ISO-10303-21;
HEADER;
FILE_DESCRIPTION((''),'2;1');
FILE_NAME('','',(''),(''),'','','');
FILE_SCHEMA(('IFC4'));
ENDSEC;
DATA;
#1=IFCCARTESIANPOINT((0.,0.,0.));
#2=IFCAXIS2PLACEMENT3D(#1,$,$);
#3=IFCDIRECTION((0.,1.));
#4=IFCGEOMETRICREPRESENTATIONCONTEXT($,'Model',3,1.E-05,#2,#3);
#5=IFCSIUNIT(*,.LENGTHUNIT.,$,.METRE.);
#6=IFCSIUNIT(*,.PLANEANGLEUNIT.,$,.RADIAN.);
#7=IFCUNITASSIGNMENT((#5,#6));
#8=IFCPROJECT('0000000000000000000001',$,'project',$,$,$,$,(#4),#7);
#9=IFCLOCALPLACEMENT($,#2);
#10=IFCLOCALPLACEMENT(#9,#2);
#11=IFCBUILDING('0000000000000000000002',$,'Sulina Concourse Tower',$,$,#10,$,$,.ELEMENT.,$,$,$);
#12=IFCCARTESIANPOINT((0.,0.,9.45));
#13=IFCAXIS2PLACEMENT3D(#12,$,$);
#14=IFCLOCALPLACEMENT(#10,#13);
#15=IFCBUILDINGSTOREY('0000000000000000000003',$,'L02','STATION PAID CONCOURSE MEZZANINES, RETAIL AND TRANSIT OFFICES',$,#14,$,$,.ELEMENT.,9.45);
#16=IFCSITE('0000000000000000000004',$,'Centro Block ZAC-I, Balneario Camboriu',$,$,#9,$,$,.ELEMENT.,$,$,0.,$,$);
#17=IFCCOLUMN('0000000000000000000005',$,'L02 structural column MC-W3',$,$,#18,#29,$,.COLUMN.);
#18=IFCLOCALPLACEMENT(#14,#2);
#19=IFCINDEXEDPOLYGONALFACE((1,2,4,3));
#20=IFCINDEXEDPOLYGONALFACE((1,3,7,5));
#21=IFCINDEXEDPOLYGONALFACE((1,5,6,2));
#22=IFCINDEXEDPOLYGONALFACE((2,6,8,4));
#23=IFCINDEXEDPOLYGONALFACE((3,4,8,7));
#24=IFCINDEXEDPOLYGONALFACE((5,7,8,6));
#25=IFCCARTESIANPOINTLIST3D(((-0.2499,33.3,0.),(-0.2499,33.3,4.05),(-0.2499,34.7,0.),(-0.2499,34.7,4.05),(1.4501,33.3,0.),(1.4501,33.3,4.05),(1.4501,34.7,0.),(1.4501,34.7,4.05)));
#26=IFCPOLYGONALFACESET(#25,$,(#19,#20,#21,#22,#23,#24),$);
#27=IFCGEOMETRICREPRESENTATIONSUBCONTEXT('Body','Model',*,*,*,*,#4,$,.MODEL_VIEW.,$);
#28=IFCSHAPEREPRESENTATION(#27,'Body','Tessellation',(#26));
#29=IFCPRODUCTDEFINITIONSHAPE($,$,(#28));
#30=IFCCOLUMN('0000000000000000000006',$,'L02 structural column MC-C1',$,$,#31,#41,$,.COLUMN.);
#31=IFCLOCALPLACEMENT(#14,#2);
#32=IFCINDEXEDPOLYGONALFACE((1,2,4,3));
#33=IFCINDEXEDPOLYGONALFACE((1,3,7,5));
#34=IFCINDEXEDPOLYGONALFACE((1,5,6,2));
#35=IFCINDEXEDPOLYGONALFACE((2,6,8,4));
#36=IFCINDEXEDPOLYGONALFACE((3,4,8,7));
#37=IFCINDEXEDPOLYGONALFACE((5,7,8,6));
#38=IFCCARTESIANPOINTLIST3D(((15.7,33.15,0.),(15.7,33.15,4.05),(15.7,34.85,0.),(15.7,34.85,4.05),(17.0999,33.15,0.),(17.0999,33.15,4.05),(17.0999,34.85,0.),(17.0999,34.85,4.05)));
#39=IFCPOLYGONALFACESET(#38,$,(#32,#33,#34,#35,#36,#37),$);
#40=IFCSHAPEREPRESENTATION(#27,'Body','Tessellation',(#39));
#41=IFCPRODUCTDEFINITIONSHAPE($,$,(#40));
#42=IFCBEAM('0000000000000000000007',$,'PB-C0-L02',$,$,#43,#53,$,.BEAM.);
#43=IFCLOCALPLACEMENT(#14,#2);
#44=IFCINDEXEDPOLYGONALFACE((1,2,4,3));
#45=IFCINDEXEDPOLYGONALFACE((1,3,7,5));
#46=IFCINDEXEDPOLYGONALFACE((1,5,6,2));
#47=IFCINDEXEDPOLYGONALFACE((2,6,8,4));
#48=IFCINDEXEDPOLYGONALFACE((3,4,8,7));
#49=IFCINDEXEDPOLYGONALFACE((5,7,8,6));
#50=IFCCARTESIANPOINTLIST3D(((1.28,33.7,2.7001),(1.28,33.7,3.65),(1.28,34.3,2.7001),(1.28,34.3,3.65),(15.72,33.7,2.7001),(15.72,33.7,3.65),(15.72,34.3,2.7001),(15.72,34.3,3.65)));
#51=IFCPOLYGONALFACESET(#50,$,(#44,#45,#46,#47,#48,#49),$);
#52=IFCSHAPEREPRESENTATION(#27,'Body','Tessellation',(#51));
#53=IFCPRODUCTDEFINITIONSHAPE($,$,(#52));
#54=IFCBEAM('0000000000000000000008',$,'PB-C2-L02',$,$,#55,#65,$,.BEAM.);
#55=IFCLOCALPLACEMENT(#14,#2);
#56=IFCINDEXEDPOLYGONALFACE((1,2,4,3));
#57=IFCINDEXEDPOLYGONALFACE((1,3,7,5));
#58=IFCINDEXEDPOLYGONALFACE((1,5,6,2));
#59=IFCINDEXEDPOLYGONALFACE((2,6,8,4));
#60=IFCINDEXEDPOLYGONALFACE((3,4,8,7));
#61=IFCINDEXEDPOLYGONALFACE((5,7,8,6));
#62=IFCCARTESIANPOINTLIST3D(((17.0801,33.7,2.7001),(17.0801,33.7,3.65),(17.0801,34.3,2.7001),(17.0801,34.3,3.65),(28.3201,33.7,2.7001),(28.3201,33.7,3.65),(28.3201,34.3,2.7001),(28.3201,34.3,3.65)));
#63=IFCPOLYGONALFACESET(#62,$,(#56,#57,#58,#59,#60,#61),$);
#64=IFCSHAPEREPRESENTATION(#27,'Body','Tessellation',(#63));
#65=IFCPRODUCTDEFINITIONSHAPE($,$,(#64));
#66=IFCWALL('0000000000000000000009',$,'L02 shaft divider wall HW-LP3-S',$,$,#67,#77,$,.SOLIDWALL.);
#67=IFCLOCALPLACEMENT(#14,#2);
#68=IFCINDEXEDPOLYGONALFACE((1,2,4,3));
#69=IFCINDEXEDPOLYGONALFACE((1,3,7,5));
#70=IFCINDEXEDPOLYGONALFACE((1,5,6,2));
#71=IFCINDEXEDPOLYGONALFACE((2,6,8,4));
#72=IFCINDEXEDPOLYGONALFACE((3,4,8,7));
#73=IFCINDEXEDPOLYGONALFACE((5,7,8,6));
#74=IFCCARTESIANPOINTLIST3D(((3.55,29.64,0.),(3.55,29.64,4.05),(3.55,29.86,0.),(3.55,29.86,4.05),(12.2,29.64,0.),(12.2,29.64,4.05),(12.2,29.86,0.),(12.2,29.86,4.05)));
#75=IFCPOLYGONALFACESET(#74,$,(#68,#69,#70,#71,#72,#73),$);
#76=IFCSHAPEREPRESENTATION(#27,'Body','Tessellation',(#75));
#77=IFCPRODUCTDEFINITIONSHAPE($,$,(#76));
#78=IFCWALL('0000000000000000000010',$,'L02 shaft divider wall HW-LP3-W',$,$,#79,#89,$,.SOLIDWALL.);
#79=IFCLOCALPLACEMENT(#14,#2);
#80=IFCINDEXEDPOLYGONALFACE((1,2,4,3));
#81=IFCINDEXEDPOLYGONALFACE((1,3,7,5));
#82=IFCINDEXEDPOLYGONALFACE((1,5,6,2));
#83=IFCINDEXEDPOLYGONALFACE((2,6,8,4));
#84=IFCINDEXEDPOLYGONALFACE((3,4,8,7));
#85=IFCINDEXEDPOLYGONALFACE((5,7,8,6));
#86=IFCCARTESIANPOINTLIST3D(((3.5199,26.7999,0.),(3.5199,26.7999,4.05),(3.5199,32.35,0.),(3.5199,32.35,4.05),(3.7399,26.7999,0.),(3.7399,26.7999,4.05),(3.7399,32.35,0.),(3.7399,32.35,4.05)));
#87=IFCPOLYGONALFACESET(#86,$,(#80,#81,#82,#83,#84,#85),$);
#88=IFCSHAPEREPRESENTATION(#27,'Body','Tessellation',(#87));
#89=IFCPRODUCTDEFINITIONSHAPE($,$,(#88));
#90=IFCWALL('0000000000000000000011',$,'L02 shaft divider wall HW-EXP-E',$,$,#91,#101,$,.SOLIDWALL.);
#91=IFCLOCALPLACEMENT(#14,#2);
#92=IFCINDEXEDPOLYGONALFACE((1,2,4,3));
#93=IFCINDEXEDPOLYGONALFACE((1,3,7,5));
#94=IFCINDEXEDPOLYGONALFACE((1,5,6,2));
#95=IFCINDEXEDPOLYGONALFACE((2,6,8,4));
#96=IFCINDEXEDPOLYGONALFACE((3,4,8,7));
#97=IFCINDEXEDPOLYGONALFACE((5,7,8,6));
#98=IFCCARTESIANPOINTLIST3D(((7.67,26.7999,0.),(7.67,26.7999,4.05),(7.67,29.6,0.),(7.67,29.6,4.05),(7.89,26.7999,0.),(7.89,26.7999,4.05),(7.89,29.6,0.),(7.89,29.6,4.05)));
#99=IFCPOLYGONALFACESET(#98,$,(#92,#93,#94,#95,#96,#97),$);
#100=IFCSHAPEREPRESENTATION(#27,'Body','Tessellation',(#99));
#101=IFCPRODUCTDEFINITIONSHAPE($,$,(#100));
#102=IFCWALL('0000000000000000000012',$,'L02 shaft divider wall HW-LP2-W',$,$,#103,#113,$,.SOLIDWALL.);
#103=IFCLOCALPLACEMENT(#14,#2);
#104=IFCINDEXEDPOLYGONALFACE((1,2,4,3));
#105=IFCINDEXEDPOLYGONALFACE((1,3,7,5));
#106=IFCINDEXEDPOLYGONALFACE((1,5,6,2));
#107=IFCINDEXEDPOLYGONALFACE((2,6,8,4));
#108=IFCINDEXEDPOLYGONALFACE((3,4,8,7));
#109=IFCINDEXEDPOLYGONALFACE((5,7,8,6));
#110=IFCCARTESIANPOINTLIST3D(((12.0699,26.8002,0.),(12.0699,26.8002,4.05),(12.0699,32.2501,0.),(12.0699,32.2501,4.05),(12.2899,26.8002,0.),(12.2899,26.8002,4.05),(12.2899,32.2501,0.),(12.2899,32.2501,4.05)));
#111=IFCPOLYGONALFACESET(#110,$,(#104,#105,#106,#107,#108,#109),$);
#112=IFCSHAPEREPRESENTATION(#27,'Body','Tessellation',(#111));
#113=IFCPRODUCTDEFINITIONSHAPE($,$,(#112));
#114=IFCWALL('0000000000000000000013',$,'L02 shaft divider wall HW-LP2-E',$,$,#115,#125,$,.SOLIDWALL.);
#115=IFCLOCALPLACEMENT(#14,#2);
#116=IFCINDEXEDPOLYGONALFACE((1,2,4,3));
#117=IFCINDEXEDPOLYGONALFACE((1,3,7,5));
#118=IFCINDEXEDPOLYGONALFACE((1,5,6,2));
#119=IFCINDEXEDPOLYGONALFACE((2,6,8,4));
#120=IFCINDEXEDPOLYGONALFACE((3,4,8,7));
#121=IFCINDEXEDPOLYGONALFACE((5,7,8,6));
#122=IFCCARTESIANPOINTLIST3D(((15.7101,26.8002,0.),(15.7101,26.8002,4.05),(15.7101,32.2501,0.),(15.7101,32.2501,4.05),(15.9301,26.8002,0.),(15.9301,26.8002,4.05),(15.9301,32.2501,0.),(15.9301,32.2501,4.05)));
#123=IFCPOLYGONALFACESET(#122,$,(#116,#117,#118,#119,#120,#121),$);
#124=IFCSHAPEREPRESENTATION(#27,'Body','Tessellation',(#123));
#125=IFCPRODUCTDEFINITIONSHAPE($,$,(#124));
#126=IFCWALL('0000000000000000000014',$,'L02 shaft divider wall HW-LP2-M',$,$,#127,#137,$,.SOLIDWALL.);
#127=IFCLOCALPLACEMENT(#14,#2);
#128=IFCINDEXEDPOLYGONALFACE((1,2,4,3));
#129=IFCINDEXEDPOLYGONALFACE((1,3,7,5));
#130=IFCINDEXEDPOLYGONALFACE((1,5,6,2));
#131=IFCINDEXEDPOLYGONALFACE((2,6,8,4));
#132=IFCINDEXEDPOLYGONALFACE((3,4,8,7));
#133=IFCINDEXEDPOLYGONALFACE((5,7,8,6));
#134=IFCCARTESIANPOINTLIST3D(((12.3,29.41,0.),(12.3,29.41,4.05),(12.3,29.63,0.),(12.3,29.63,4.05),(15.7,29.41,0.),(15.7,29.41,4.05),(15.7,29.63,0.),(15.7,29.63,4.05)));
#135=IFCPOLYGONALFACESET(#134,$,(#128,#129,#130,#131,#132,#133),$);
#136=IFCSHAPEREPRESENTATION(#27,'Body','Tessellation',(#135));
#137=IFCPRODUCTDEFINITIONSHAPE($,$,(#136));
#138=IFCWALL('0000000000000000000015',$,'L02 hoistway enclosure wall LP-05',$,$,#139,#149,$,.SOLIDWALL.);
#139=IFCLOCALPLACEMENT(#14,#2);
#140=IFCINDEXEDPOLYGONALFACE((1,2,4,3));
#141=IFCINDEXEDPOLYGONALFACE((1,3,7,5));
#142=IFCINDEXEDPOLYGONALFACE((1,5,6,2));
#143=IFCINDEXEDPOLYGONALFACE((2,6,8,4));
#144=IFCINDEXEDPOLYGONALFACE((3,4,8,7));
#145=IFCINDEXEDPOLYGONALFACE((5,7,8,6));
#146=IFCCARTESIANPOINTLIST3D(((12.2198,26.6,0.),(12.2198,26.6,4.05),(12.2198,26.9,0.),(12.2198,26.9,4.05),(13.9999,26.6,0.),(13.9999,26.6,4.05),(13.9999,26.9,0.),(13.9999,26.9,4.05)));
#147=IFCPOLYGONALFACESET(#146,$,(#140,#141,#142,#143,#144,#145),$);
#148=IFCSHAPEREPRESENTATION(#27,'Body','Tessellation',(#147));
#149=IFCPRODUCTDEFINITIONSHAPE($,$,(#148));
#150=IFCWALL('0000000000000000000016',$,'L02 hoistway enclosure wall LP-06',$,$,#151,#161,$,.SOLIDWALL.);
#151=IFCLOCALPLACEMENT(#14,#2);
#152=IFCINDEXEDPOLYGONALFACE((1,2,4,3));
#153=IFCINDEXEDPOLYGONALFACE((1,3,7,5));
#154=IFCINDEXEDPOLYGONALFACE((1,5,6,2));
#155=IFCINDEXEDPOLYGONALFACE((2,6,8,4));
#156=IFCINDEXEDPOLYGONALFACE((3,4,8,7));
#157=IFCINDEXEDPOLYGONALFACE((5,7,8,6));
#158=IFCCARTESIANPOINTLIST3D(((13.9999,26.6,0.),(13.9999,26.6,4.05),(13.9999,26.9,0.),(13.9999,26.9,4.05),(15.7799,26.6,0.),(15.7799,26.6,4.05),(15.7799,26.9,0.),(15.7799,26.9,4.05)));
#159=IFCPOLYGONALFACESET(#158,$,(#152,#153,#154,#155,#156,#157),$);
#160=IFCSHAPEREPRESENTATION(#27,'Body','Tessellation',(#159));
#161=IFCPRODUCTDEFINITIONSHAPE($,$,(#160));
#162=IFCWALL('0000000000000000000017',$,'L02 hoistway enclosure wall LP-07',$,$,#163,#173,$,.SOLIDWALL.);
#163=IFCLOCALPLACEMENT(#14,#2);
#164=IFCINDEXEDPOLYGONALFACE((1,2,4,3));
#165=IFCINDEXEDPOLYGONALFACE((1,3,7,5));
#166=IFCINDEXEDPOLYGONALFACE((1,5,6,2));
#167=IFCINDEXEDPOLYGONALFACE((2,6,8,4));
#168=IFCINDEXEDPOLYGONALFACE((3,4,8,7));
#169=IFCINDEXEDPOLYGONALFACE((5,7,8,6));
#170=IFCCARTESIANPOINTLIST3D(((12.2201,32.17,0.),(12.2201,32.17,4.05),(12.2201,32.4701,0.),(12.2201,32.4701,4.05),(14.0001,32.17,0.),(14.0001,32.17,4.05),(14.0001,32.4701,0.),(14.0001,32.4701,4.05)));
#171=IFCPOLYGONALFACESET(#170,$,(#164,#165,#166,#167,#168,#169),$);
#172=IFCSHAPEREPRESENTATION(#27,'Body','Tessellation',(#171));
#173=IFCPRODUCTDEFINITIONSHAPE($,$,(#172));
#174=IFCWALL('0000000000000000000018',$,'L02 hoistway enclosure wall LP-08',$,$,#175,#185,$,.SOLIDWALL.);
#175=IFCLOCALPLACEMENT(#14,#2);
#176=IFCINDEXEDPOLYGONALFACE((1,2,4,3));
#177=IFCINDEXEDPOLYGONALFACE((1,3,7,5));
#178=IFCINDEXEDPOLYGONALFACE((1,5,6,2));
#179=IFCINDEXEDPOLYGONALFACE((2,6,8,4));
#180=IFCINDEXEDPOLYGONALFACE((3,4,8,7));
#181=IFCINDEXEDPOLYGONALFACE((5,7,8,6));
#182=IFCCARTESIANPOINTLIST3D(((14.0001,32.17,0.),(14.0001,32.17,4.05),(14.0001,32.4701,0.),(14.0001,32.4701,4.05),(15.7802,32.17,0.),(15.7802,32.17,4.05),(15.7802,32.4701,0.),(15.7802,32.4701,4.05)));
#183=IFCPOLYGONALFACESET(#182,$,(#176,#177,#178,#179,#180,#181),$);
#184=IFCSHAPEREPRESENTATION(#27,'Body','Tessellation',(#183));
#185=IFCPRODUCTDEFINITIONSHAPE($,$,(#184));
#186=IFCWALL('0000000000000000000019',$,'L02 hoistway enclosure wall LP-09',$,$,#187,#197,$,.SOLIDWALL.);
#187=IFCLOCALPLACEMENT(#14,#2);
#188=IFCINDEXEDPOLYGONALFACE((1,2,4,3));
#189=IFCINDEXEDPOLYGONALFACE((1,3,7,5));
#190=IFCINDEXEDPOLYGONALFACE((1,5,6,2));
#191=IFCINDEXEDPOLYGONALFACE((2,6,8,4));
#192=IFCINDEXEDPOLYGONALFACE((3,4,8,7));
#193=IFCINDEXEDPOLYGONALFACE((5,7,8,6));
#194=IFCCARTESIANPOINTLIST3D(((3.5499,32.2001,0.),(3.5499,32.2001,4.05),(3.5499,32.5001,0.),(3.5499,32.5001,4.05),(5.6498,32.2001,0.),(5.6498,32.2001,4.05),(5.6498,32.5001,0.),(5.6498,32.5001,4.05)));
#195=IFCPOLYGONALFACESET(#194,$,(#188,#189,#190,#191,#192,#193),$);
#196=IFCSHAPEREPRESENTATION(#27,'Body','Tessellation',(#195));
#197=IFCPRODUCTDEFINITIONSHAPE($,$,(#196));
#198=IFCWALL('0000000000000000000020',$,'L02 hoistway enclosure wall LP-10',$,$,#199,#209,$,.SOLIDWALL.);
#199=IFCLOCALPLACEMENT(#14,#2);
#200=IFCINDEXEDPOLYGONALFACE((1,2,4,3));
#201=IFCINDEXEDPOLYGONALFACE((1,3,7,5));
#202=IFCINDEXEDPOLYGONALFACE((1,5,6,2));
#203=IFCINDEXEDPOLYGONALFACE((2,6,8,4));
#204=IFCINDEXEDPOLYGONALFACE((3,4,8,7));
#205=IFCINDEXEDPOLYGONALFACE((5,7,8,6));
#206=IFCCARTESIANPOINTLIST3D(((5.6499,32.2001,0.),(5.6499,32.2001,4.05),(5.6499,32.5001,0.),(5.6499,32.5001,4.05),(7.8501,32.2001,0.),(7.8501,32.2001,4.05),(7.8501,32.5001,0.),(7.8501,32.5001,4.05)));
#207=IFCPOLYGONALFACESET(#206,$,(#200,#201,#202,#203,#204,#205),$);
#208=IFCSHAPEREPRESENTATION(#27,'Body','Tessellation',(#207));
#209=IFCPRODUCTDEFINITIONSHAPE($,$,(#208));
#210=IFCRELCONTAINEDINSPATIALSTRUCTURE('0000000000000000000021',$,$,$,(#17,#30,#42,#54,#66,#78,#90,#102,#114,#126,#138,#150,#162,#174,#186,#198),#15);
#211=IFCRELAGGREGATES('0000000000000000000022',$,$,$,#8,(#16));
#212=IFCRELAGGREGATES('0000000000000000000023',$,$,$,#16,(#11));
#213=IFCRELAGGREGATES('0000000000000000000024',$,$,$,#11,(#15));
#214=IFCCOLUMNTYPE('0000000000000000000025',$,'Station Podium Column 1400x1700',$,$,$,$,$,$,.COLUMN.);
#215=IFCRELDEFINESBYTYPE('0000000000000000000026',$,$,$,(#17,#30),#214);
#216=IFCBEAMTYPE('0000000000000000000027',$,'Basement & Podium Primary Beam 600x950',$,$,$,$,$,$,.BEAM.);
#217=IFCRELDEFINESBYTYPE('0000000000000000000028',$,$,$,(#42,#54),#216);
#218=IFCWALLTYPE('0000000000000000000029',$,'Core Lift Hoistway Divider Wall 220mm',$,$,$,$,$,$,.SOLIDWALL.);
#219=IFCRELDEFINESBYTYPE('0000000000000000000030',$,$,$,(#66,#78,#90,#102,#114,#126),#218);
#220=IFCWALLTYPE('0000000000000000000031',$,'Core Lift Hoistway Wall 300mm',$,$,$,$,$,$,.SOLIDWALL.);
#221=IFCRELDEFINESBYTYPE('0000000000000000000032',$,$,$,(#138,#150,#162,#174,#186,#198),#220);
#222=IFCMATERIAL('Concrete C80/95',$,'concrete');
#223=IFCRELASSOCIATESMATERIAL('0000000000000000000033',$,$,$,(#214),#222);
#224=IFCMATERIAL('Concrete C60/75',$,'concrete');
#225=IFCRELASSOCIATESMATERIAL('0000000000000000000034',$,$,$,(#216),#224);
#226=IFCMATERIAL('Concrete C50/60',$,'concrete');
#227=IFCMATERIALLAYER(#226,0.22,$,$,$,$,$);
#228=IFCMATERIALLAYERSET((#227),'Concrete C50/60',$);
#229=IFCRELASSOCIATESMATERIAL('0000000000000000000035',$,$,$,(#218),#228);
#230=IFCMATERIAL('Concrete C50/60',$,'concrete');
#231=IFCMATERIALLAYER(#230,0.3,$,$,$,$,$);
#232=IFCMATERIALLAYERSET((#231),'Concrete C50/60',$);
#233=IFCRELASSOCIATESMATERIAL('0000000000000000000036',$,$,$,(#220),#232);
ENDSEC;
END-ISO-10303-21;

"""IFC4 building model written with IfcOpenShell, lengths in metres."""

from ifc_helpers import new_model, si_unit, direction, frame, frame_2d, origin, origin_2d, place, context, subcontext, project, spatial, rectangle, extrude, material, layer, layer_set, material_profile, profile_set, type_object, element, save


model = new_model("IFC4")

# Units and contexts
model_context = context("Model", 3, precision=1e-05, world=origin(), true_north=direction((0.0, 1.0)))
body_context = subcontext(model_context, "Body", "Model", "MODEL_VIEW")
ifc_project = project(units=[si_unit("LENGTHUNIT", "METRE"), si_unit("PLANEANGLEUNIT", "RADIAN")], contexts=[model_context])

# Site, building, storey
site_placement = place(None, origin())
site = spatial("IfcSite", under=ifc_project, at=site_placement, Name="Centro Block ZAC-I, Balneario Camboriu", CompositionType="ELEMENT", RefElevation=0.0)
building_placement = place(site_placement, origin())
building = spatial("IfcBuilding", under=site, at=building_placement, Name="Sulina Concourse Tower", CompositionType="ELEMENT")
storey_placement = place(building_placement, frame((0.0, 0.0, 9.45)))
storey = spatial("IfcBuildingStorey", under=building, at=storey_placement, Name="L02", Description="STATION PAID CONCOURSE MEZZANINES, RETAIL AND TRANSIT OFFICES", CompositionType="ELEMENT", Elevation=9.45)

# Columns
ifc_material_1 = material(Name="Concrete C80/95", Category="concrete")
ifc_material_profile_1 = material_profile(ifc_material_1, rectangle(XDim=1.3999, YDim=1.7, at=origin_2d()), Name="RC 1400x1700")
ifc_profile_set_1 = profile_set([ifc_material_profile_1], Name="Concrete C80/95")
column_type = type_object("IfcColumnType", Name="Station Podium Column 1400x1700", PredefinedType="COLUMN", material=ifc_profile_set_1)
for number, where, z_axis, x_axis, name in (
    (1, (0.6001, 34.0, 0.0), (0.0, 0.0, 1.0), (0.0, 1.0, 0.0), "L02 structural column MC-W3"),
    (2, (16.3999, 34.0, 0.0), (0.0, 0.0, 1.0), (1.0, 0.0, 0.0), "L02 structural column MC-C1"),
):
    element("IfcColumn", number, at=place(storey_placement, frame(where, z_axis=z_axis, x_axis=x_axis)), inside=storey, type_object=column_type, Name=name, PredefinedType="COLUMN", context=body_context, shape_type="SweptSolid", body=[
        extrude(rectangle(XDim=1.3999, YDim=1.7, at=origin_2d()), origin(), (0.0, 0.0, 1.0), 4.05),
    ])

# Beams
ifc_material_2 = material(Name="Concrete C60/75", Category="concrete")
ifc_material_profile_2 = material_profile(ifc_material_2, rectangle(XDim=0.6001, YDim=0.95, at=origin_2d()), Name="RC 600x950")
ifc_profile_set_2 = profile_set([ifc_material_profile_2], Name="Concrete C60/75")
beam_type = type_object("IfcBeamType", Name="Basement & Podium Primary Beam 600x950", PredefinedType="BEAM", material=ifc_profile_set_2)
beam_1_placement = place(storey_placement, frame((1.28, 34.0, 3.175), z_axis=(1.0, 0.0, 0.0), x_axis=(0.0, 1.0, 0.0)))
element("IfcBeam", 3, at=beam_1_placement, inside=storey, type_object=beam_type, Name="PB-C0-L02", PredefinedType="BEAM", context=body_context, shape_type="SweptSolid", body=[
    extrude(rectangle(XDim=0.6001, YDim=0.95, at=origin_2d()), origin(), (0.0, 0.0, 1.0), 14.4399),
])
beam_2_placement = place(storey_placement, frame((17.0801, 34.0, 3.175), z_axis=(1.0, 0.0, 0.0), x_axis=(0.0, 1.0, 0.0)))
element("IfcBeam", 4, at=beam_2_placement, inside=storey, type_object=beam_type, Name="PB-C2-L02", PredefinedType="BEAM", context=body_context, shape_type="SweptSolid", body=[
    extrude(rectangle(XDim=0.6001, YDim=0.95, at=origin_2d()), origin(), (0.0, 0.0, 1.0), 11.24),
])

# Walls
ifc_material_3 = material(Name="Concrete C50/60", Category="concrete")
ifc_layer_1 = layer(ifc_material_3, 0.22)
ifc_layer_set_1 = layer_set([ifc_layer_1], Name="Concrete C50/60")
wall_type_1 = type_object("IfcWallType", Name="Core Lift Hoistway Divider Wall 220mm", PredefinedType="SOLIDWALL", material=ifc_layer_set_1)
wall_1_placement = place(storey_placement, frame((3.55, 29.75, 0.0), z_axis=(0.0, 0.0, 1.0), x_axis=(1.0, 0.0, 0.0)))
element("IfcWall", 5, at=wall_1_placement, inside=storey, type_object=wall_type_1, Name="L02 shaft divider wall HW-LP3-S", PredefinedType="SOLIDWALL", context=body_context, shape_type="SweptSolid", body=[
    extrude(rectangle(XDim=8.6499, YDim=0.22, at=frame_2d((4.325, 0.0))), origin(), (0.0, 0.0, 1.0), 4.05),
])
wall_2_placement = place(storey_placement, frame((3.6299, 26.8, 0.0), z_axis=(0.0, 0.0, 1.0), x_axis=(0.0, 1.0, 0.0)))
element("IfcWall", 6, at=wall_2_placement, inside=storey, type_object=wall_type_1, Name="L02 shaft divider wall HW-LP3-W", PredefinedType="SOLIDWALL", context=body_context, shape_type="SweptSolid", body=[
    extrude(rectangle(XDim=5.55, YDim=0.22, at=frame_2d((2.7749, 0.0))), origin(), (0.0, 0.0, 1.0), 4.05),
])
wall_3_placement = place(storey_placement, frame((7.78, 26.8, 0.0), z_axis=(0.0, 0.0, 1.0), x_axis=(0.0, 1.0, 0.0)))
element("IfcWall", 7, at=wall_3_placement, inside=storey, type_object=wall_type_1, Name="L02 shaft divider wall HW-EXP-E", PredefinedType="SOLIDWALL", context=body_context, shape_type="SweptSolid", body=[
    extrude(rectangle(XDim=2.8, YDim=0.22, at=frame_2d((1.3999, 0.0))), origin(), (0.0, 0.0, 1.0), 4.05),
])
for number, where, z_axis, x_axis, name in (
    (8, (12.1799, 26.8, 0.0), (0.0, 0.0, 1.0), (0.0, 1.0, 0.0), "L02 shaft divider wall HW-LP2-W"),
    (9, (15.8201, 26.8, 0.0), (0.0, 0.0, 1.0), (0.0, 1.0, 0.0), "L02 shaft divider wall HW-LP2-E"),
):
    element("IfcWall", number, at=place(storey_placement, frame(where, z_axis=z_axis, x_axis=x_axis)), inside=storey, type_object=wall_type_1, Name=name, PredefinedType="SOLIDWALL", context=body_context, shape_type="SweptSolid", body=[
        extrude(rectangle(XDim=5.45, YDim=0.22, at=frame_2d((2.7251, 0.0))), origin(), (0.0, 0.0, 1.0), 4.05),
    ])
wall_4_placement = place(storey_placement, frame((12.3, 29.52, 0.0), z_axis=(0.0, 0.0, 1.0), x_axis=(1.0, 0.0, 0.0)))
element("IfcWall", 10, at=wall_4_placement, inside=storey, type_object=wall_type_1, Name="L02 shaft divider wall HW-LP2-M", PredefinedType="SOLIDWALL", context=body_context, shape_type="SweptSolid", body=[
    extrude(rectangle(XDim=3.3999, YDim=0.22, at=frame_2d((1.7, 0.0))), origin(), (0.0, 0.0, 1.0), 4.05),
])
ifc_material_4 = material(Name="Concrete C50/60", Category="concrete")
ifc_layer_2 = layer(ifc_material_4, 0.3)
ifc_layer_set_2 = layer_set([ifc_layer_2], Name="Concrete C50/60")
wall_type_2 = type_object("IfcWallType", Name="Core Lift Hoistway Wall 300mm", PredefinedType="SOLIDWALL", material=ifc_layer_set_2)
for number, where, z_axis, x_axis, name in (
    (11, (14.0, 26.75, 0.0), (0.0, 0.0, 1.0), (-1.0, 0.0, 0.0), "L02 hoistway enclosure wall LP-05"),
    (12, (15.78, 26.75, 0.0), (0.0, 0.0, 1.0), (-1.0, 0.0, 0.0), "L02 hoistway enclosure wall LP-06"),
    (13, (12.22, 32.3201, 0.0), (0.0, 0.0, 1.0), (1.0, 0.0, 0.0), "L02 hoistway enclosure wall LP-07"),
    (14, (14.0, 32.3201, 0.0), (0.0, 0.0, 1.0), (1.0, 0.0, 0.0), "L02 hoistway enclosure wall LP-08"),
):
    element("IfcWall", number, at=place(storey_placement, frame(where, z_axis=z_axis, x_axis=x_axis)), inside=storey, type_object=wall_type_2, Name=name, PredefinedType="SOLIDWALL", context=body_context, shape_type="SweptSolid", body=[
        extrude(rectangle(XDim=1.78, YDim=0.3, at=frame_2d((0.8901, 0.0))), origin(), (0.0, 0.0, 1.0), 4.05),
    ])
wall_5_placement = place(storey_placement, frame((3.55, 32.3501, 0.0), z_axis=(0.0, 0.0, 1.0), x_axis=(1.0, 0.0, 0.0)))
element("IfcWall", 15, at=wall_5_placement, inside=storey, type_object=wall_type_2, Name="L02 hoistway enclosure wall LP-09", PredefinedType="SOLIDWALL", context=body_context, shape_type="SweptSolid", body=[
    extrude(rectangle(XDim=2.0999, YDim=0.3, at=frame_2d((1.0498, 0.0))), origin(), (0.0, 0.0, 1.0), 4.05),
])
wall_6_placement = place(storey_placement, frame((5.6499, 32.3501, 0.0), z_axis=(0.0, 0.0, 1.0), x_axis=(1.0, 0.0, 0.0)))
element("IfcWall", 16, at=wall_6_placement, inside=storey, type_object=wall_type_2, Name="L02 hoistway enclosure wall LP-10", PredefinedType="SOLIDWALL", context=body_context, shape_type="SweptSolid", body=[
    extrude(rectangle(XDim=2.2002, YDim=0.3, at=frame_2d((1.1001, 0.0))), origin(), (0.0, 0.0, 1.0), 4.05),
])

save(model, "model.ifc")
